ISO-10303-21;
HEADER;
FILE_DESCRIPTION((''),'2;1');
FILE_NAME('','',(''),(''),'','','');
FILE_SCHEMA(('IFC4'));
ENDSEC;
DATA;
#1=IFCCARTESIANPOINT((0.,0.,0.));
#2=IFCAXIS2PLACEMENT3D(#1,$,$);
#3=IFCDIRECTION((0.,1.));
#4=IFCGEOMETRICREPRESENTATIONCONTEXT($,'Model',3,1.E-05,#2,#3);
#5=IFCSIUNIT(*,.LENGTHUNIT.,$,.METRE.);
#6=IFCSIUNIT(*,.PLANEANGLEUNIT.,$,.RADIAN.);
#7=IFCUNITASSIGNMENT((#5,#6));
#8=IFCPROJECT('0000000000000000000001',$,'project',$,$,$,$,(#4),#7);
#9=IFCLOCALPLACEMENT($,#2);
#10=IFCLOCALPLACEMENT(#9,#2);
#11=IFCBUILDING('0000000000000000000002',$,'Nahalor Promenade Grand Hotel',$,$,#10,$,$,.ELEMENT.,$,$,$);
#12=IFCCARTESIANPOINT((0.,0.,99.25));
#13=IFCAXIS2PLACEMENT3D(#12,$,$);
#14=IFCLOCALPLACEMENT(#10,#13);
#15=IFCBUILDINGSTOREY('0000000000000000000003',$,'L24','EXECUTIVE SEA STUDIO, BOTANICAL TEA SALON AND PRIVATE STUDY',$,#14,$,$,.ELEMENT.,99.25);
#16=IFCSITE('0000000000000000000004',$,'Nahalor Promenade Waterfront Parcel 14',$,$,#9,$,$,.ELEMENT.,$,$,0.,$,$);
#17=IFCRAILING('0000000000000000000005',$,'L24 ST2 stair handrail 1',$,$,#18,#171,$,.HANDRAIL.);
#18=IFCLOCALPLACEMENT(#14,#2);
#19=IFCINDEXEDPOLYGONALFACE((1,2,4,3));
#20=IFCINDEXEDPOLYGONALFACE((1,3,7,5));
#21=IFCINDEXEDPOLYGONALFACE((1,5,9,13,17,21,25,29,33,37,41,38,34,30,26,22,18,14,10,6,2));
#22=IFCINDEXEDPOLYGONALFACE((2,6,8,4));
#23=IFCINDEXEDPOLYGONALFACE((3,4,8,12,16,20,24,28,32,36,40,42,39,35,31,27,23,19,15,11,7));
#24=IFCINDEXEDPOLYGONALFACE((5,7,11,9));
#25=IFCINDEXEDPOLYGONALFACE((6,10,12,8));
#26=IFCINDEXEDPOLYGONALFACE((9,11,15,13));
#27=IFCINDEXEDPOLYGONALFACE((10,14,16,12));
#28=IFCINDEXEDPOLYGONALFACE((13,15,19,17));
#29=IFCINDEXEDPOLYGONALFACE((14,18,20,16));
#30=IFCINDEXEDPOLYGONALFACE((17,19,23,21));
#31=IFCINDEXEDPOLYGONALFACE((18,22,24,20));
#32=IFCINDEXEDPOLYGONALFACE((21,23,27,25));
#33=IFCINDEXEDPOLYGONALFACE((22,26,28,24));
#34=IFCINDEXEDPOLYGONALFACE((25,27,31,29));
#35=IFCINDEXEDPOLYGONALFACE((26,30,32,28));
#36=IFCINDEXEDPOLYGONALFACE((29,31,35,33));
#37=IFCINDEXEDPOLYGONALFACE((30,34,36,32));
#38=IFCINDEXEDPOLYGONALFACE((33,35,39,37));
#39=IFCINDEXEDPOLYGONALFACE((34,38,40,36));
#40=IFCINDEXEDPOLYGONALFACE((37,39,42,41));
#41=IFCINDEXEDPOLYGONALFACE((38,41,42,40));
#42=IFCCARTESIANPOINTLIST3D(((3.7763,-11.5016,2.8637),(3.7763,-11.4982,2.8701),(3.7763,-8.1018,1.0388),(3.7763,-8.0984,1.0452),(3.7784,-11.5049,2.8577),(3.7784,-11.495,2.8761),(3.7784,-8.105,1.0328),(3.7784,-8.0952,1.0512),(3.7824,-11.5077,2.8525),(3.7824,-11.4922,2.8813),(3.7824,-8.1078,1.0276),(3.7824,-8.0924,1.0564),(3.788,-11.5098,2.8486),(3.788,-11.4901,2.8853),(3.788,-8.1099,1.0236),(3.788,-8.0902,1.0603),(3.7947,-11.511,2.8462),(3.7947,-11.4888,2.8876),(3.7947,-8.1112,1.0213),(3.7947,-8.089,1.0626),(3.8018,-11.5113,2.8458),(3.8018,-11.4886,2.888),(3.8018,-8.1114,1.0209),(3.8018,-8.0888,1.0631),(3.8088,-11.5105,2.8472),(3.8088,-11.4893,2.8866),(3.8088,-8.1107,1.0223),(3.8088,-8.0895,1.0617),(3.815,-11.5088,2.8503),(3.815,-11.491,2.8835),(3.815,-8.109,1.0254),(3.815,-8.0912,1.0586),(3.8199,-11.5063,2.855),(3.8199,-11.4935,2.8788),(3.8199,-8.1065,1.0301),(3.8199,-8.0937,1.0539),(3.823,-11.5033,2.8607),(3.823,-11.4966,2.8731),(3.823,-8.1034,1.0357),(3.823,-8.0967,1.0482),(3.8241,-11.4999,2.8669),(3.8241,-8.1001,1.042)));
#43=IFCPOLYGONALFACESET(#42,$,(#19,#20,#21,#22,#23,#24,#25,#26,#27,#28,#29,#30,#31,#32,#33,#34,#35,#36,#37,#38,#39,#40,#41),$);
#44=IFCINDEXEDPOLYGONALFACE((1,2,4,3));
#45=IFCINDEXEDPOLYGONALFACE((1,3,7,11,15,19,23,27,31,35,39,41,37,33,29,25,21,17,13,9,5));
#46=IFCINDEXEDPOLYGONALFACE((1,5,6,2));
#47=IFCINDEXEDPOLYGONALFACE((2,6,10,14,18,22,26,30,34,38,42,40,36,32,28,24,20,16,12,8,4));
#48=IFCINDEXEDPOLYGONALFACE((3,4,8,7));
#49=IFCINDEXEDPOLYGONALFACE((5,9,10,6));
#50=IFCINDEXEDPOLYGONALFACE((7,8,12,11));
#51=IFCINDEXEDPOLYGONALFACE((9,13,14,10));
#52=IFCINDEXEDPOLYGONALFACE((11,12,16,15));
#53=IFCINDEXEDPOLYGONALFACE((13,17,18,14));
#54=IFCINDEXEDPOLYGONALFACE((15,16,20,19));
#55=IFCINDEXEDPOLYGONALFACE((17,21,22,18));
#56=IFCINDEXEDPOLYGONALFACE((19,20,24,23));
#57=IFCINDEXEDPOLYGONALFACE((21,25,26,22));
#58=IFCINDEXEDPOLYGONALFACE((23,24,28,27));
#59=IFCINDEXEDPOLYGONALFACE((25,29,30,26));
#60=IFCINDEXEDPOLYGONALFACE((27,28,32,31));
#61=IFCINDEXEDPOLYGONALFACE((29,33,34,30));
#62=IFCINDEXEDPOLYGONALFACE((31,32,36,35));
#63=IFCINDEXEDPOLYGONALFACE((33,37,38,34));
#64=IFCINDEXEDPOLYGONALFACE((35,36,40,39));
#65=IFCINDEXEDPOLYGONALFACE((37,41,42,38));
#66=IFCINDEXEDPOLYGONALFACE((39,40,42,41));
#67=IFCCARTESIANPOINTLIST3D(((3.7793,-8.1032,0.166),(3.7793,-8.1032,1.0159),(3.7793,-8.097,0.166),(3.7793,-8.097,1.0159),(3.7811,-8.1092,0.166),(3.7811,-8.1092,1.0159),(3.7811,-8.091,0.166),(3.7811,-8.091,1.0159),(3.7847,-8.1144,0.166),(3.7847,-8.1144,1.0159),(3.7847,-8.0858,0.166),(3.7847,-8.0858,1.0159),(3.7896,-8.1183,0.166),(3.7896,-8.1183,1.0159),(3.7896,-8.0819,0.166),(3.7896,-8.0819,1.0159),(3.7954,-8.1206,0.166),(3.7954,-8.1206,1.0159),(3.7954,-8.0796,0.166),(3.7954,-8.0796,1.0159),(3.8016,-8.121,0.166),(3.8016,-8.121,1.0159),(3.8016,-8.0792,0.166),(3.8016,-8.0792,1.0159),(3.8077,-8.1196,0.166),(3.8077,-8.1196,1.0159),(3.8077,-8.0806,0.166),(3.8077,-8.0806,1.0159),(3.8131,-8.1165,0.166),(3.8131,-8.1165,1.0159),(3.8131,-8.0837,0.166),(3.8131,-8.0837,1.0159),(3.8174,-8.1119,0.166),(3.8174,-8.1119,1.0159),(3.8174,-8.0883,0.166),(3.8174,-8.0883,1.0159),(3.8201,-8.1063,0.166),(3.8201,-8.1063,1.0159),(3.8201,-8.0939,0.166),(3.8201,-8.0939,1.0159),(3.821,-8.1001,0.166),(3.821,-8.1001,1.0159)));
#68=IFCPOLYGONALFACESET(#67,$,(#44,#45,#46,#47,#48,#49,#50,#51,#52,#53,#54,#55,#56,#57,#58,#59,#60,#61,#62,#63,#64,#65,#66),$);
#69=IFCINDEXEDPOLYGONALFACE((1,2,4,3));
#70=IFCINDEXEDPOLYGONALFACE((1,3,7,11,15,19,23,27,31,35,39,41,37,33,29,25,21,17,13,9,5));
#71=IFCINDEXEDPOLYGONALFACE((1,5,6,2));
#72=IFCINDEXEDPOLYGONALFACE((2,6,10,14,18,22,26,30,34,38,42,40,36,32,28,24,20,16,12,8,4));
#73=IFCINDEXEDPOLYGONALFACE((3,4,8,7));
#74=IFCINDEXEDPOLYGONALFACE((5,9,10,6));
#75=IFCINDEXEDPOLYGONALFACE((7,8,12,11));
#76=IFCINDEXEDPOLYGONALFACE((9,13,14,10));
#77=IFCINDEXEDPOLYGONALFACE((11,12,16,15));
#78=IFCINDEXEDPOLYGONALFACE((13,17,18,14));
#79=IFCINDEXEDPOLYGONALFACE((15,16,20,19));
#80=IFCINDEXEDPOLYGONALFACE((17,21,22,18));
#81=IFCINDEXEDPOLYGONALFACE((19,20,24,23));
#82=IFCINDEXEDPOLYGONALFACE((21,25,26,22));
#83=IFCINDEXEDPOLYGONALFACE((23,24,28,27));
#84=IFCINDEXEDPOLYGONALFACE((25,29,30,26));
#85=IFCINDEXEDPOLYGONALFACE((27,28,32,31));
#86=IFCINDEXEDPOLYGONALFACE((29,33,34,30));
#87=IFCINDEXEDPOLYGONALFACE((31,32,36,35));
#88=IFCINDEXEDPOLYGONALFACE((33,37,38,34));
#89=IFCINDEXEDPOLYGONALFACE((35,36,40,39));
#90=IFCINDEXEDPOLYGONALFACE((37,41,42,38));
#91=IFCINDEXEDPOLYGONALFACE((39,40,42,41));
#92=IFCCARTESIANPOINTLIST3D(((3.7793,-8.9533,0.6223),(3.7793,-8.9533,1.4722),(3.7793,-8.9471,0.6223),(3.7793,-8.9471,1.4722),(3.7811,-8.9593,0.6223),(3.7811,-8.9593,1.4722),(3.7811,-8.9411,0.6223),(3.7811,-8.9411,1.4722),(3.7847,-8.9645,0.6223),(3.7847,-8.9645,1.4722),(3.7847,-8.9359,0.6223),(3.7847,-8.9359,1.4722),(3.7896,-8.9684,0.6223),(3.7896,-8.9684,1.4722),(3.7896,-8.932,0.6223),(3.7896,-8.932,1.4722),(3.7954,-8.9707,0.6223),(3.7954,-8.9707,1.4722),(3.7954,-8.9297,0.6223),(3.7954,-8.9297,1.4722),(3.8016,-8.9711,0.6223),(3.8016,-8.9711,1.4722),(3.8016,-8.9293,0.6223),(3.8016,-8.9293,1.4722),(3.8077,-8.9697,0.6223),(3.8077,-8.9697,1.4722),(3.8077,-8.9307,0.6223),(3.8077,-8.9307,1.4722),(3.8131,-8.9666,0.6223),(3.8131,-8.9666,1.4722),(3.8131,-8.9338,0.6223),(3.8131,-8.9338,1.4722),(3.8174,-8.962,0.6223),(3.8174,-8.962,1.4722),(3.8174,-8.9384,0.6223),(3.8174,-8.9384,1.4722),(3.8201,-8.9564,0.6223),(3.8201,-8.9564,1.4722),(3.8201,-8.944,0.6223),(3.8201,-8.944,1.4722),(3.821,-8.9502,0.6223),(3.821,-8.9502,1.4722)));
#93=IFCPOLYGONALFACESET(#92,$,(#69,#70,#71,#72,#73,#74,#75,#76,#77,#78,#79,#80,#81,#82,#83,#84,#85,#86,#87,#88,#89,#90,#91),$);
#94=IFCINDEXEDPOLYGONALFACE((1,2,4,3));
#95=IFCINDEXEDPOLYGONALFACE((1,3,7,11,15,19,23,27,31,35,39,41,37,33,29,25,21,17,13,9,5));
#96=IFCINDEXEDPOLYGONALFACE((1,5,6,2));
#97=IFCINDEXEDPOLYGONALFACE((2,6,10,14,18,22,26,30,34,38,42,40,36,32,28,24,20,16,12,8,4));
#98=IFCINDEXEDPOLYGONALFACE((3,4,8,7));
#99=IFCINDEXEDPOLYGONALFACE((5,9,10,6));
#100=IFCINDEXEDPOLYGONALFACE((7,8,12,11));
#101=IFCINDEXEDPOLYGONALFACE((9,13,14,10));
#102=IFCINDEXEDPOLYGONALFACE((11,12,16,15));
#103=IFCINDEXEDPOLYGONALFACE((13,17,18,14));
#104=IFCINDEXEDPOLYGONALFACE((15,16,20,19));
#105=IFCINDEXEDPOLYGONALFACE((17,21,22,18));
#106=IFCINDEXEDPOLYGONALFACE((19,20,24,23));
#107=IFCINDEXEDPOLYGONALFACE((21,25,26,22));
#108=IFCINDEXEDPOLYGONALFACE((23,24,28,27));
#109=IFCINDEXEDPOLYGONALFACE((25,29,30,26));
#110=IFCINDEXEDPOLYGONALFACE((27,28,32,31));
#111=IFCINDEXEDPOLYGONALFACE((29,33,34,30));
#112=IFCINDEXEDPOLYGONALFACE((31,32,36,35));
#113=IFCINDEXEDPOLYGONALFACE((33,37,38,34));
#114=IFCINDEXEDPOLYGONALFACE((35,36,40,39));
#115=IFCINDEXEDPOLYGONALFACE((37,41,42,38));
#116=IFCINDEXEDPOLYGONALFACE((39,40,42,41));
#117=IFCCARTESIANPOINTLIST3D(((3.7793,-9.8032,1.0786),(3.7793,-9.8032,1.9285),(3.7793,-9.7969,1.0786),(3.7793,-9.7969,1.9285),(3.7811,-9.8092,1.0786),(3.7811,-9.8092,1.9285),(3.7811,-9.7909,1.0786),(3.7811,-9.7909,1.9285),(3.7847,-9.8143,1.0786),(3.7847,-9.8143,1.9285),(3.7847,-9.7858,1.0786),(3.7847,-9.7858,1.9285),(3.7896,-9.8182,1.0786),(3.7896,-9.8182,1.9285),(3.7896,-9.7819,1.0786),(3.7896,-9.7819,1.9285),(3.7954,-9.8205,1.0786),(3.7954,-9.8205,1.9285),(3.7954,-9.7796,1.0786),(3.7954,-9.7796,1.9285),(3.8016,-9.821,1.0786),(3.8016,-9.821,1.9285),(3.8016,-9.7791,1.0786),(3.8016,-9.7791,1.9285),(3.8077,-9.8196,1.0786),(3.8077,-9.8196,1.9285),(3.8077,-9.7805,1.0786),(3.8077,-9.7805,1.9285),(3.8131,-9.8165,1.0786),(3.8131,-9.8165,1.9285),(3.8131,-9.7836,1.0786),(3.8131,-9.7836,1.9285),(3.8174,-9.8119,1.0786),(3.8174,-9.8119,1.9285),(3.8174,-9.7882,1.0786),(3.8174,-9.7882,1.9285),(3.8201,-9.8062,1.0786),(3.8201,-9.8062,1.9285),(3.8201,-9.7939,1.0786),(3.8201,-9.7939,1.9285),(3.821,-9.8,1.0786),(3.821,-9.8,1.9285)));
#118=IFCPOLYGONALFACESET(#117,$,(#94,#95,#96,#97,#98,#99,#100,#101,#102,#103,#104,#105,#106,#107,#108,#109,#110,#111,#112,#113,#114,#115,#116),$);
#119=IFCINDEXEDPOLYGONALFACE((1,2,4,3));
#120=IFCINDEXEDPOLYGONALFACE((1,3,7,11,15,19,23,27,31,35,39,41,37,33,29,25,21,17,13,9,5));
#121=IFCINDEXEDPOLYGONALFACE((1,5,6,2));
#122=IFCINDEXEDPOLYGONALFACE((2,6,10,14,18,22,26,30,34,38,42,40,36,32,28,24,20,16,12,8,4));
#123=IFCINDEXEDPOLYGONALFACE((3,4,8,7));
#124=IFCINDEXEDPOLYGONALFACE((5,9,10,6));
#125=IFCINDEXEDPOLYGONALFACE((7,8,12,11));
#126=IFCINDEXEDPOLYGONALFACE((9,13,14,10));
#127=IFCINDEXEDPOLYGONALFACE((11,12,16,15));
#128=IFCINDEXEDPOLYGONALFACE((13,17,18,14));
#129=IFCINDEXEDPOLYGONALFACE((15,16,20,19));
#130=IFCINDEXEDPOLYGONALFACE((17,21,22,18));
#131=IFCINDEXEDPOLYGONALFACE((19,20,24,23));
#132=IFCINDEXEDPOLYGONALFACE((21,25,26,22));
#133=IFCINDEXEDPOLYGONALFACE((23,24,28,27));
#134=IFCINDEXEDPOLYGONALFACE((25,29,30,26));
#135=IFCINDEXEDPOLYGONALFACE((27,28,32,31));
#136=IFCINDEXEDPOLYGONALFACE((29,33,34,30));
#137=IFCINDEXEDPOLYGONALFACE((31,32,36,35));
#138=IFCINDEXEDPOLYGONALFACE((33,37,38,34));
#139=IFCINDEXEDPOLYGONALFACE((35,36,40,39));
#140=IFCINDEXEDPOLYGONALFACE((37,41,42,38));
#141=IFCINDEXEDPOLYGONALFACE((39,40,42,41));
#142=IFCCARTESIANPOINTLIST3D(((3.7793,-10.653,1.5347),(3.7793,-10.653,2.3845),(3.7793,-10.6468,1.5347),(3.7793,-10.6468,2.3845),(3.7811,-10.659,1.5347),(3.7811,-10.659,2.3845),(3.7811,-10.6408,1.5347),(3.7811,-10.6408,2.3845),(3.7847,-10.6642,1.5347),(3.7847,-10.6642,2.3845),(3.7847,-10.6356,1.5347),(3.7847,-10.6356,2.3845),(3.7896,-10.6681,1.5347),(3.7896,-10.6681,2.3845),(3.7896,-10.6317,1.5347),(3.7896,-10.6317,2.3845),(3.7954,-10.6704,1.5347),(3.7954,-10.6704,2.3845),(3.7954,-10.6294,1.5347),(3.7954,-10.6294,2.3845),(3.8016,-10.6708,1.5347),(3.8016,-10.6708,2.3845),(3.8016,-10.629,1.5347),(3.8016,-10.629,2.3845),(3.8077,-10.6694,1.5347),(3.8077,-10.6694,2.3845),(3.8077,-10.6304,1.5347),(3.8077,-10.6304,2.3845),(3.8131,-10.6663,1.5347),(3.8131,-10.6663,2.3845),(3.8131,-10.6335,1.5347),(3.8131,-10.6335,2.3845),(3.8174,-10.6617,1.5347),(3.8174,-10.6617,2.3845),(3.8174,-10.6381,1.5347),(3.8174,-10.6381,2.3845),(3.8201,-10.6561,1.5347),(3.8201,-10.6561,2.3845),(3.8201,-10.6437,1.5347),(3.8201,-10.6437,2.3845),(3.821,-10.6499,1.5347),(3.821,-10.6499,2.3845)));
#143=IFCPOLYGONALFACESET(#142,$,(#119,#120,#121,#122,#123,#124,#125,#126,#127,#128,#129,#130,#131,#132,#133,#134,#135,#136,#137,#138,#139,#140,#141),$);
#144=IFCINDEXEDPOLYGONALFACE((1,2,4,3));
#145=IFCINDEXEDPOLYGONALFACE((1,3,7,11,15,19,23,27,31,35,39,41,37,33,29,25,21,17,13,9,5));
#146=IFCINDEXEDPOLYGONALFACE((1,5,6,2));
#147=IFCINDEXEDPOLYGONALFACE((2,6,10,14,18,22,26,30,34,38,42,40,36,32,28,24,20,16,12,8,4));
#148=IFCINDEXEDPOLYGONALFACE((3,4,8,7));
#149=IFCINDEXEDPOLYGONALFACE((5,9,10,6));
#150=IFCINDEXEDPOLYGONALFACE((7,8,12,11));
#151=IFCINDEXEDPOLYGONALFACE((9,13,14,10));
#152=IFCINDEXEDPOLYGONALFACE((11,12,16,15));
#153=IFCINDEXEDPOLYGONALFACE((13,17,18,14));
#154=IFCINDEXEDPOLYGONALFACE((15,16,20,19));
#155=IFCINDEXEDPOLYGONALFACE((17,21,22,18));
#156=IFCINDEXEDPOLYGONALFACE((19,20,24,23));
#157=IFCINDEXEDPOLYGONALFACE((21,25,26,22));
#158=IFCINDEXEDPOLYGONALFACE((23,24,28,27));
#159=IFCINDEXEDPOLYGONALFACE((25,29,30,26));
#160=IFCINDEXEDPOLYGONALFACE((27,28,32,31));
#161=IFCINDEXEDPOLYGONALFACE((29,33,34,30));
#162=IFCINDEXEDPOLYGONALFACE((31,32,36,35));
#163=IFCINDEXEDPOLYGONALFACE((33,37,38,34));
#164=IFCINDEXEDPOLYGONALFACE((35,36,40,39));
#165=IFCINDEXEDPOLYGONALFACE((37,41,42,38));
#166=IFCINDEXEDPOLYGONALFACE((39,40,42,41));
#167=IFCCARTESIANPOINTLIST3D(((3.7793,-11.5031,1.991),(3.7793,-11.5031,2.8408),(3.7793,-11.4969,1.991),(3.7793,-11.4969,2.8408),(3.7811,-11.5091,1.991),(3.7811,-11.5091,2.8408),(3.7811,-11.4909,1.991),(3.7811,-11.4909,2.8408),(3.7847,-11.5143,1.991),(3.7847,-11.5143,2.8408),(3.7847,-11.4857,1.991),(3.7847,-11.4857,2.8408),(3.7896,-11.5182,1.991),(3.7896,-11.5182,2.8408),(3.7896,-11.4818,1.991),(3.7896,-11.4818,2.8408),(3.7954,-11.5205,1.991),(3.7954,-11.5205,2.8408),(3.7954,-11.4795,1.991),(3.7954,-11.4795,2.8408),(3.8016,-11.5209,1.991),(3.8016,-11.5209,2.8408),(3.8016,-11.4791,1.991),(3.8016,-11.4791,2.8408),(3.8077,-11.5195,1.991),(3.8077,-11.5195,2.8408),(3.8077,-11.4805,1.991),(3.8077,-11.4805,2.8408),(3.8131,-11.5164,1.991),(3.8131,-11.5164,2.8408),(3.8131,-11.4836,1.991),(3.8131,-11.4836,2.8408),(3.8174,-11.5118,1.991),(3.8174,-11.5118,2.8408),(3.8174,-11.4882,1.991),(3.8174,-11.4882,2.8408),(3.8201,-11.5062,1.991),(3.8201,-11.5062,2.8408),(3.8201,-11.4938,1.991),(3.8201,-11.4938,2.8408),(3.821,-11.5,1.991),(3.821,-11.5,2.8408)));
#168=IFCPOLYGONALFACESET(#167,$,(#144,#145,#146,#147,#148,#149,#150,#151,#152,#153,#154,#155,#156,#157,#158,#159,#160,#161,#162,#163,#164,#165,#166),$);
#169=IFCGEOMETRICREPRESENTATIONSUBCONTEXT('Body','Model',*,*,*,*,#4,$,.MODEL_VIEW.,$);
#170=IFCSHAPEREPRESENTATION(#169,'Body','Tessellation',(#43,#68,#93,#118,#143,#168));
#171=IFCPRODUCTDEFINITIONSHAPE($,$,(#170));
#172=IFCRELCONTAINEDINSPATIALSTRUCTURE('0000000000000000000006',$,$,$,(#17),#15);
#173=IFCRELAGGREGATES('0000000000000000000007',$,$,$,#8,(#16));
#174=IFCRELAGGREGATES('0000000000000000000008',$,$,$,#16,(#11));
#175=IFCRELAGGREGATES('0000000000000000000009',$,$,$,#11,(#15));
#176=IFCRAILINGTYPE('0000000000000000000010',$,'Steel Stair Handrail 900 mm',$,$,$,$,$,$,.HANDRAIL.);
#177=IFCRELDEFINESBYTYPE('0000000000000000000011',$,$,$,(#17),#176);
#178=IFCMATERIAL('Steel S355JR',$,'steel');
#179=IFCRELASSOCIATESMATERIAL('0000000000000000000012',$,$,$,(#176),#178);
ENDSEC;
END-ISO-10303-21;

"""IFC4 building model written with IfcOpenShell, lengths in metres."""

from ifc_helpers import new_model, si_unit, direction, frame, origin, origin_2d, place, context, subcontext, project, spatial, circle, extrude, material, type_object, element, save


model = new_model("IFC4")

# Units and contexts
model_context = context("Model", 3, precision=1e-05, world=origin(), true_north=direction((0.0, 1.0)))
body_context = subcontext(model_context, "Body", "Model", "MODEL_VIEW")
ifc_project = project(units=[si_unit("LENGTHUNIT", "METRE"), si_unit("PLANEANGLEUNIT", "RADIAN")], contexts=[model_context])

# Site, building, storey
site_placement = place(None, origin())
site = spatial("IfcSite", under=ifc_project, at=site_placement, Name="Nahalor Promenade Waterfront Parcel 14", CompositionType="ELEMENT", RefElevation=0.0)
building_placement = place(site_placement, origin())
building = spatial("IfcBuilding", under=site, at=building_placement, Name="Nahalor Promenade Grand Hotel", CompositionType="ELEMENT")
storey_placement = place(building_placement, frame((0.0, 0.0, 99.25)))
storey = spatial("IfcBuildingStorey", under=building, at=storey_placement, Name="L24", Description="EXECUTIVE SEA STUDIO, BOTANICAL TEA SALON AND PRIVATE STUDY", CompositionType="ELEMENT", Elevation=99.25)

# Shared definitions
ifc_material_1 = material(Name="Steel S355JR", Category="steel")

# Railing
railing_type_1 = type_object("IfcRailingType", Name="Steel Stair Handrail 900 mm", PredefinedType="HANDRAIL", material=ifc_material_1)
railing_1_placement = place(storey_placement, frame((3.8, -8.1001, 0.166)))
element("IfcRailing", 1, at=railing_1_placement, inside=storey, type_object=railing_type_1, Name="L24 ST2 stair handrail 1", PredefinedType="HANDRAIL", context=body_context, shape_type="SweptSolid", body=[
    extrude(circle(Radius=0.024, at=origin_2d()), frame((0.0, 0.0, 0.876), z_axis=(0.0, -0.881094, 0.472941), x_axis=(1.0, 0.0, 0.0)), (0.0, 0.0, 1.0), 3.8586),
    extrude(circle(Radius=0.021, at=origin_2d()), origin(), (0.0, 0.0, 1.0), 0.8499),
    extrude(circle(Radius=0.021, at=origin_2d()), frame((0.0, -0.8501, 0.4563)), (0.0, 0.0, 1.0), 0.8499),
    extrude(circle(Radius=0.021, at=origin_2d()), frame((0.0, -1.7, 0.9126)), (0.0, 0.0, 1.0), 0.8499),
    extrude(circle(Radius=0.021, at=origin_2d()), frame((0.0, -2.5498, 1.3687)), (0.0, 0.0, 1.0), 0.8499),
    extrude(circle(Radius=0.021, at=origin_2d()), frame((0.0, -3.3999, 1.825)), (0.0, 0.0, 1.0), 0.8499),
])

save(model, "model.ifc")
